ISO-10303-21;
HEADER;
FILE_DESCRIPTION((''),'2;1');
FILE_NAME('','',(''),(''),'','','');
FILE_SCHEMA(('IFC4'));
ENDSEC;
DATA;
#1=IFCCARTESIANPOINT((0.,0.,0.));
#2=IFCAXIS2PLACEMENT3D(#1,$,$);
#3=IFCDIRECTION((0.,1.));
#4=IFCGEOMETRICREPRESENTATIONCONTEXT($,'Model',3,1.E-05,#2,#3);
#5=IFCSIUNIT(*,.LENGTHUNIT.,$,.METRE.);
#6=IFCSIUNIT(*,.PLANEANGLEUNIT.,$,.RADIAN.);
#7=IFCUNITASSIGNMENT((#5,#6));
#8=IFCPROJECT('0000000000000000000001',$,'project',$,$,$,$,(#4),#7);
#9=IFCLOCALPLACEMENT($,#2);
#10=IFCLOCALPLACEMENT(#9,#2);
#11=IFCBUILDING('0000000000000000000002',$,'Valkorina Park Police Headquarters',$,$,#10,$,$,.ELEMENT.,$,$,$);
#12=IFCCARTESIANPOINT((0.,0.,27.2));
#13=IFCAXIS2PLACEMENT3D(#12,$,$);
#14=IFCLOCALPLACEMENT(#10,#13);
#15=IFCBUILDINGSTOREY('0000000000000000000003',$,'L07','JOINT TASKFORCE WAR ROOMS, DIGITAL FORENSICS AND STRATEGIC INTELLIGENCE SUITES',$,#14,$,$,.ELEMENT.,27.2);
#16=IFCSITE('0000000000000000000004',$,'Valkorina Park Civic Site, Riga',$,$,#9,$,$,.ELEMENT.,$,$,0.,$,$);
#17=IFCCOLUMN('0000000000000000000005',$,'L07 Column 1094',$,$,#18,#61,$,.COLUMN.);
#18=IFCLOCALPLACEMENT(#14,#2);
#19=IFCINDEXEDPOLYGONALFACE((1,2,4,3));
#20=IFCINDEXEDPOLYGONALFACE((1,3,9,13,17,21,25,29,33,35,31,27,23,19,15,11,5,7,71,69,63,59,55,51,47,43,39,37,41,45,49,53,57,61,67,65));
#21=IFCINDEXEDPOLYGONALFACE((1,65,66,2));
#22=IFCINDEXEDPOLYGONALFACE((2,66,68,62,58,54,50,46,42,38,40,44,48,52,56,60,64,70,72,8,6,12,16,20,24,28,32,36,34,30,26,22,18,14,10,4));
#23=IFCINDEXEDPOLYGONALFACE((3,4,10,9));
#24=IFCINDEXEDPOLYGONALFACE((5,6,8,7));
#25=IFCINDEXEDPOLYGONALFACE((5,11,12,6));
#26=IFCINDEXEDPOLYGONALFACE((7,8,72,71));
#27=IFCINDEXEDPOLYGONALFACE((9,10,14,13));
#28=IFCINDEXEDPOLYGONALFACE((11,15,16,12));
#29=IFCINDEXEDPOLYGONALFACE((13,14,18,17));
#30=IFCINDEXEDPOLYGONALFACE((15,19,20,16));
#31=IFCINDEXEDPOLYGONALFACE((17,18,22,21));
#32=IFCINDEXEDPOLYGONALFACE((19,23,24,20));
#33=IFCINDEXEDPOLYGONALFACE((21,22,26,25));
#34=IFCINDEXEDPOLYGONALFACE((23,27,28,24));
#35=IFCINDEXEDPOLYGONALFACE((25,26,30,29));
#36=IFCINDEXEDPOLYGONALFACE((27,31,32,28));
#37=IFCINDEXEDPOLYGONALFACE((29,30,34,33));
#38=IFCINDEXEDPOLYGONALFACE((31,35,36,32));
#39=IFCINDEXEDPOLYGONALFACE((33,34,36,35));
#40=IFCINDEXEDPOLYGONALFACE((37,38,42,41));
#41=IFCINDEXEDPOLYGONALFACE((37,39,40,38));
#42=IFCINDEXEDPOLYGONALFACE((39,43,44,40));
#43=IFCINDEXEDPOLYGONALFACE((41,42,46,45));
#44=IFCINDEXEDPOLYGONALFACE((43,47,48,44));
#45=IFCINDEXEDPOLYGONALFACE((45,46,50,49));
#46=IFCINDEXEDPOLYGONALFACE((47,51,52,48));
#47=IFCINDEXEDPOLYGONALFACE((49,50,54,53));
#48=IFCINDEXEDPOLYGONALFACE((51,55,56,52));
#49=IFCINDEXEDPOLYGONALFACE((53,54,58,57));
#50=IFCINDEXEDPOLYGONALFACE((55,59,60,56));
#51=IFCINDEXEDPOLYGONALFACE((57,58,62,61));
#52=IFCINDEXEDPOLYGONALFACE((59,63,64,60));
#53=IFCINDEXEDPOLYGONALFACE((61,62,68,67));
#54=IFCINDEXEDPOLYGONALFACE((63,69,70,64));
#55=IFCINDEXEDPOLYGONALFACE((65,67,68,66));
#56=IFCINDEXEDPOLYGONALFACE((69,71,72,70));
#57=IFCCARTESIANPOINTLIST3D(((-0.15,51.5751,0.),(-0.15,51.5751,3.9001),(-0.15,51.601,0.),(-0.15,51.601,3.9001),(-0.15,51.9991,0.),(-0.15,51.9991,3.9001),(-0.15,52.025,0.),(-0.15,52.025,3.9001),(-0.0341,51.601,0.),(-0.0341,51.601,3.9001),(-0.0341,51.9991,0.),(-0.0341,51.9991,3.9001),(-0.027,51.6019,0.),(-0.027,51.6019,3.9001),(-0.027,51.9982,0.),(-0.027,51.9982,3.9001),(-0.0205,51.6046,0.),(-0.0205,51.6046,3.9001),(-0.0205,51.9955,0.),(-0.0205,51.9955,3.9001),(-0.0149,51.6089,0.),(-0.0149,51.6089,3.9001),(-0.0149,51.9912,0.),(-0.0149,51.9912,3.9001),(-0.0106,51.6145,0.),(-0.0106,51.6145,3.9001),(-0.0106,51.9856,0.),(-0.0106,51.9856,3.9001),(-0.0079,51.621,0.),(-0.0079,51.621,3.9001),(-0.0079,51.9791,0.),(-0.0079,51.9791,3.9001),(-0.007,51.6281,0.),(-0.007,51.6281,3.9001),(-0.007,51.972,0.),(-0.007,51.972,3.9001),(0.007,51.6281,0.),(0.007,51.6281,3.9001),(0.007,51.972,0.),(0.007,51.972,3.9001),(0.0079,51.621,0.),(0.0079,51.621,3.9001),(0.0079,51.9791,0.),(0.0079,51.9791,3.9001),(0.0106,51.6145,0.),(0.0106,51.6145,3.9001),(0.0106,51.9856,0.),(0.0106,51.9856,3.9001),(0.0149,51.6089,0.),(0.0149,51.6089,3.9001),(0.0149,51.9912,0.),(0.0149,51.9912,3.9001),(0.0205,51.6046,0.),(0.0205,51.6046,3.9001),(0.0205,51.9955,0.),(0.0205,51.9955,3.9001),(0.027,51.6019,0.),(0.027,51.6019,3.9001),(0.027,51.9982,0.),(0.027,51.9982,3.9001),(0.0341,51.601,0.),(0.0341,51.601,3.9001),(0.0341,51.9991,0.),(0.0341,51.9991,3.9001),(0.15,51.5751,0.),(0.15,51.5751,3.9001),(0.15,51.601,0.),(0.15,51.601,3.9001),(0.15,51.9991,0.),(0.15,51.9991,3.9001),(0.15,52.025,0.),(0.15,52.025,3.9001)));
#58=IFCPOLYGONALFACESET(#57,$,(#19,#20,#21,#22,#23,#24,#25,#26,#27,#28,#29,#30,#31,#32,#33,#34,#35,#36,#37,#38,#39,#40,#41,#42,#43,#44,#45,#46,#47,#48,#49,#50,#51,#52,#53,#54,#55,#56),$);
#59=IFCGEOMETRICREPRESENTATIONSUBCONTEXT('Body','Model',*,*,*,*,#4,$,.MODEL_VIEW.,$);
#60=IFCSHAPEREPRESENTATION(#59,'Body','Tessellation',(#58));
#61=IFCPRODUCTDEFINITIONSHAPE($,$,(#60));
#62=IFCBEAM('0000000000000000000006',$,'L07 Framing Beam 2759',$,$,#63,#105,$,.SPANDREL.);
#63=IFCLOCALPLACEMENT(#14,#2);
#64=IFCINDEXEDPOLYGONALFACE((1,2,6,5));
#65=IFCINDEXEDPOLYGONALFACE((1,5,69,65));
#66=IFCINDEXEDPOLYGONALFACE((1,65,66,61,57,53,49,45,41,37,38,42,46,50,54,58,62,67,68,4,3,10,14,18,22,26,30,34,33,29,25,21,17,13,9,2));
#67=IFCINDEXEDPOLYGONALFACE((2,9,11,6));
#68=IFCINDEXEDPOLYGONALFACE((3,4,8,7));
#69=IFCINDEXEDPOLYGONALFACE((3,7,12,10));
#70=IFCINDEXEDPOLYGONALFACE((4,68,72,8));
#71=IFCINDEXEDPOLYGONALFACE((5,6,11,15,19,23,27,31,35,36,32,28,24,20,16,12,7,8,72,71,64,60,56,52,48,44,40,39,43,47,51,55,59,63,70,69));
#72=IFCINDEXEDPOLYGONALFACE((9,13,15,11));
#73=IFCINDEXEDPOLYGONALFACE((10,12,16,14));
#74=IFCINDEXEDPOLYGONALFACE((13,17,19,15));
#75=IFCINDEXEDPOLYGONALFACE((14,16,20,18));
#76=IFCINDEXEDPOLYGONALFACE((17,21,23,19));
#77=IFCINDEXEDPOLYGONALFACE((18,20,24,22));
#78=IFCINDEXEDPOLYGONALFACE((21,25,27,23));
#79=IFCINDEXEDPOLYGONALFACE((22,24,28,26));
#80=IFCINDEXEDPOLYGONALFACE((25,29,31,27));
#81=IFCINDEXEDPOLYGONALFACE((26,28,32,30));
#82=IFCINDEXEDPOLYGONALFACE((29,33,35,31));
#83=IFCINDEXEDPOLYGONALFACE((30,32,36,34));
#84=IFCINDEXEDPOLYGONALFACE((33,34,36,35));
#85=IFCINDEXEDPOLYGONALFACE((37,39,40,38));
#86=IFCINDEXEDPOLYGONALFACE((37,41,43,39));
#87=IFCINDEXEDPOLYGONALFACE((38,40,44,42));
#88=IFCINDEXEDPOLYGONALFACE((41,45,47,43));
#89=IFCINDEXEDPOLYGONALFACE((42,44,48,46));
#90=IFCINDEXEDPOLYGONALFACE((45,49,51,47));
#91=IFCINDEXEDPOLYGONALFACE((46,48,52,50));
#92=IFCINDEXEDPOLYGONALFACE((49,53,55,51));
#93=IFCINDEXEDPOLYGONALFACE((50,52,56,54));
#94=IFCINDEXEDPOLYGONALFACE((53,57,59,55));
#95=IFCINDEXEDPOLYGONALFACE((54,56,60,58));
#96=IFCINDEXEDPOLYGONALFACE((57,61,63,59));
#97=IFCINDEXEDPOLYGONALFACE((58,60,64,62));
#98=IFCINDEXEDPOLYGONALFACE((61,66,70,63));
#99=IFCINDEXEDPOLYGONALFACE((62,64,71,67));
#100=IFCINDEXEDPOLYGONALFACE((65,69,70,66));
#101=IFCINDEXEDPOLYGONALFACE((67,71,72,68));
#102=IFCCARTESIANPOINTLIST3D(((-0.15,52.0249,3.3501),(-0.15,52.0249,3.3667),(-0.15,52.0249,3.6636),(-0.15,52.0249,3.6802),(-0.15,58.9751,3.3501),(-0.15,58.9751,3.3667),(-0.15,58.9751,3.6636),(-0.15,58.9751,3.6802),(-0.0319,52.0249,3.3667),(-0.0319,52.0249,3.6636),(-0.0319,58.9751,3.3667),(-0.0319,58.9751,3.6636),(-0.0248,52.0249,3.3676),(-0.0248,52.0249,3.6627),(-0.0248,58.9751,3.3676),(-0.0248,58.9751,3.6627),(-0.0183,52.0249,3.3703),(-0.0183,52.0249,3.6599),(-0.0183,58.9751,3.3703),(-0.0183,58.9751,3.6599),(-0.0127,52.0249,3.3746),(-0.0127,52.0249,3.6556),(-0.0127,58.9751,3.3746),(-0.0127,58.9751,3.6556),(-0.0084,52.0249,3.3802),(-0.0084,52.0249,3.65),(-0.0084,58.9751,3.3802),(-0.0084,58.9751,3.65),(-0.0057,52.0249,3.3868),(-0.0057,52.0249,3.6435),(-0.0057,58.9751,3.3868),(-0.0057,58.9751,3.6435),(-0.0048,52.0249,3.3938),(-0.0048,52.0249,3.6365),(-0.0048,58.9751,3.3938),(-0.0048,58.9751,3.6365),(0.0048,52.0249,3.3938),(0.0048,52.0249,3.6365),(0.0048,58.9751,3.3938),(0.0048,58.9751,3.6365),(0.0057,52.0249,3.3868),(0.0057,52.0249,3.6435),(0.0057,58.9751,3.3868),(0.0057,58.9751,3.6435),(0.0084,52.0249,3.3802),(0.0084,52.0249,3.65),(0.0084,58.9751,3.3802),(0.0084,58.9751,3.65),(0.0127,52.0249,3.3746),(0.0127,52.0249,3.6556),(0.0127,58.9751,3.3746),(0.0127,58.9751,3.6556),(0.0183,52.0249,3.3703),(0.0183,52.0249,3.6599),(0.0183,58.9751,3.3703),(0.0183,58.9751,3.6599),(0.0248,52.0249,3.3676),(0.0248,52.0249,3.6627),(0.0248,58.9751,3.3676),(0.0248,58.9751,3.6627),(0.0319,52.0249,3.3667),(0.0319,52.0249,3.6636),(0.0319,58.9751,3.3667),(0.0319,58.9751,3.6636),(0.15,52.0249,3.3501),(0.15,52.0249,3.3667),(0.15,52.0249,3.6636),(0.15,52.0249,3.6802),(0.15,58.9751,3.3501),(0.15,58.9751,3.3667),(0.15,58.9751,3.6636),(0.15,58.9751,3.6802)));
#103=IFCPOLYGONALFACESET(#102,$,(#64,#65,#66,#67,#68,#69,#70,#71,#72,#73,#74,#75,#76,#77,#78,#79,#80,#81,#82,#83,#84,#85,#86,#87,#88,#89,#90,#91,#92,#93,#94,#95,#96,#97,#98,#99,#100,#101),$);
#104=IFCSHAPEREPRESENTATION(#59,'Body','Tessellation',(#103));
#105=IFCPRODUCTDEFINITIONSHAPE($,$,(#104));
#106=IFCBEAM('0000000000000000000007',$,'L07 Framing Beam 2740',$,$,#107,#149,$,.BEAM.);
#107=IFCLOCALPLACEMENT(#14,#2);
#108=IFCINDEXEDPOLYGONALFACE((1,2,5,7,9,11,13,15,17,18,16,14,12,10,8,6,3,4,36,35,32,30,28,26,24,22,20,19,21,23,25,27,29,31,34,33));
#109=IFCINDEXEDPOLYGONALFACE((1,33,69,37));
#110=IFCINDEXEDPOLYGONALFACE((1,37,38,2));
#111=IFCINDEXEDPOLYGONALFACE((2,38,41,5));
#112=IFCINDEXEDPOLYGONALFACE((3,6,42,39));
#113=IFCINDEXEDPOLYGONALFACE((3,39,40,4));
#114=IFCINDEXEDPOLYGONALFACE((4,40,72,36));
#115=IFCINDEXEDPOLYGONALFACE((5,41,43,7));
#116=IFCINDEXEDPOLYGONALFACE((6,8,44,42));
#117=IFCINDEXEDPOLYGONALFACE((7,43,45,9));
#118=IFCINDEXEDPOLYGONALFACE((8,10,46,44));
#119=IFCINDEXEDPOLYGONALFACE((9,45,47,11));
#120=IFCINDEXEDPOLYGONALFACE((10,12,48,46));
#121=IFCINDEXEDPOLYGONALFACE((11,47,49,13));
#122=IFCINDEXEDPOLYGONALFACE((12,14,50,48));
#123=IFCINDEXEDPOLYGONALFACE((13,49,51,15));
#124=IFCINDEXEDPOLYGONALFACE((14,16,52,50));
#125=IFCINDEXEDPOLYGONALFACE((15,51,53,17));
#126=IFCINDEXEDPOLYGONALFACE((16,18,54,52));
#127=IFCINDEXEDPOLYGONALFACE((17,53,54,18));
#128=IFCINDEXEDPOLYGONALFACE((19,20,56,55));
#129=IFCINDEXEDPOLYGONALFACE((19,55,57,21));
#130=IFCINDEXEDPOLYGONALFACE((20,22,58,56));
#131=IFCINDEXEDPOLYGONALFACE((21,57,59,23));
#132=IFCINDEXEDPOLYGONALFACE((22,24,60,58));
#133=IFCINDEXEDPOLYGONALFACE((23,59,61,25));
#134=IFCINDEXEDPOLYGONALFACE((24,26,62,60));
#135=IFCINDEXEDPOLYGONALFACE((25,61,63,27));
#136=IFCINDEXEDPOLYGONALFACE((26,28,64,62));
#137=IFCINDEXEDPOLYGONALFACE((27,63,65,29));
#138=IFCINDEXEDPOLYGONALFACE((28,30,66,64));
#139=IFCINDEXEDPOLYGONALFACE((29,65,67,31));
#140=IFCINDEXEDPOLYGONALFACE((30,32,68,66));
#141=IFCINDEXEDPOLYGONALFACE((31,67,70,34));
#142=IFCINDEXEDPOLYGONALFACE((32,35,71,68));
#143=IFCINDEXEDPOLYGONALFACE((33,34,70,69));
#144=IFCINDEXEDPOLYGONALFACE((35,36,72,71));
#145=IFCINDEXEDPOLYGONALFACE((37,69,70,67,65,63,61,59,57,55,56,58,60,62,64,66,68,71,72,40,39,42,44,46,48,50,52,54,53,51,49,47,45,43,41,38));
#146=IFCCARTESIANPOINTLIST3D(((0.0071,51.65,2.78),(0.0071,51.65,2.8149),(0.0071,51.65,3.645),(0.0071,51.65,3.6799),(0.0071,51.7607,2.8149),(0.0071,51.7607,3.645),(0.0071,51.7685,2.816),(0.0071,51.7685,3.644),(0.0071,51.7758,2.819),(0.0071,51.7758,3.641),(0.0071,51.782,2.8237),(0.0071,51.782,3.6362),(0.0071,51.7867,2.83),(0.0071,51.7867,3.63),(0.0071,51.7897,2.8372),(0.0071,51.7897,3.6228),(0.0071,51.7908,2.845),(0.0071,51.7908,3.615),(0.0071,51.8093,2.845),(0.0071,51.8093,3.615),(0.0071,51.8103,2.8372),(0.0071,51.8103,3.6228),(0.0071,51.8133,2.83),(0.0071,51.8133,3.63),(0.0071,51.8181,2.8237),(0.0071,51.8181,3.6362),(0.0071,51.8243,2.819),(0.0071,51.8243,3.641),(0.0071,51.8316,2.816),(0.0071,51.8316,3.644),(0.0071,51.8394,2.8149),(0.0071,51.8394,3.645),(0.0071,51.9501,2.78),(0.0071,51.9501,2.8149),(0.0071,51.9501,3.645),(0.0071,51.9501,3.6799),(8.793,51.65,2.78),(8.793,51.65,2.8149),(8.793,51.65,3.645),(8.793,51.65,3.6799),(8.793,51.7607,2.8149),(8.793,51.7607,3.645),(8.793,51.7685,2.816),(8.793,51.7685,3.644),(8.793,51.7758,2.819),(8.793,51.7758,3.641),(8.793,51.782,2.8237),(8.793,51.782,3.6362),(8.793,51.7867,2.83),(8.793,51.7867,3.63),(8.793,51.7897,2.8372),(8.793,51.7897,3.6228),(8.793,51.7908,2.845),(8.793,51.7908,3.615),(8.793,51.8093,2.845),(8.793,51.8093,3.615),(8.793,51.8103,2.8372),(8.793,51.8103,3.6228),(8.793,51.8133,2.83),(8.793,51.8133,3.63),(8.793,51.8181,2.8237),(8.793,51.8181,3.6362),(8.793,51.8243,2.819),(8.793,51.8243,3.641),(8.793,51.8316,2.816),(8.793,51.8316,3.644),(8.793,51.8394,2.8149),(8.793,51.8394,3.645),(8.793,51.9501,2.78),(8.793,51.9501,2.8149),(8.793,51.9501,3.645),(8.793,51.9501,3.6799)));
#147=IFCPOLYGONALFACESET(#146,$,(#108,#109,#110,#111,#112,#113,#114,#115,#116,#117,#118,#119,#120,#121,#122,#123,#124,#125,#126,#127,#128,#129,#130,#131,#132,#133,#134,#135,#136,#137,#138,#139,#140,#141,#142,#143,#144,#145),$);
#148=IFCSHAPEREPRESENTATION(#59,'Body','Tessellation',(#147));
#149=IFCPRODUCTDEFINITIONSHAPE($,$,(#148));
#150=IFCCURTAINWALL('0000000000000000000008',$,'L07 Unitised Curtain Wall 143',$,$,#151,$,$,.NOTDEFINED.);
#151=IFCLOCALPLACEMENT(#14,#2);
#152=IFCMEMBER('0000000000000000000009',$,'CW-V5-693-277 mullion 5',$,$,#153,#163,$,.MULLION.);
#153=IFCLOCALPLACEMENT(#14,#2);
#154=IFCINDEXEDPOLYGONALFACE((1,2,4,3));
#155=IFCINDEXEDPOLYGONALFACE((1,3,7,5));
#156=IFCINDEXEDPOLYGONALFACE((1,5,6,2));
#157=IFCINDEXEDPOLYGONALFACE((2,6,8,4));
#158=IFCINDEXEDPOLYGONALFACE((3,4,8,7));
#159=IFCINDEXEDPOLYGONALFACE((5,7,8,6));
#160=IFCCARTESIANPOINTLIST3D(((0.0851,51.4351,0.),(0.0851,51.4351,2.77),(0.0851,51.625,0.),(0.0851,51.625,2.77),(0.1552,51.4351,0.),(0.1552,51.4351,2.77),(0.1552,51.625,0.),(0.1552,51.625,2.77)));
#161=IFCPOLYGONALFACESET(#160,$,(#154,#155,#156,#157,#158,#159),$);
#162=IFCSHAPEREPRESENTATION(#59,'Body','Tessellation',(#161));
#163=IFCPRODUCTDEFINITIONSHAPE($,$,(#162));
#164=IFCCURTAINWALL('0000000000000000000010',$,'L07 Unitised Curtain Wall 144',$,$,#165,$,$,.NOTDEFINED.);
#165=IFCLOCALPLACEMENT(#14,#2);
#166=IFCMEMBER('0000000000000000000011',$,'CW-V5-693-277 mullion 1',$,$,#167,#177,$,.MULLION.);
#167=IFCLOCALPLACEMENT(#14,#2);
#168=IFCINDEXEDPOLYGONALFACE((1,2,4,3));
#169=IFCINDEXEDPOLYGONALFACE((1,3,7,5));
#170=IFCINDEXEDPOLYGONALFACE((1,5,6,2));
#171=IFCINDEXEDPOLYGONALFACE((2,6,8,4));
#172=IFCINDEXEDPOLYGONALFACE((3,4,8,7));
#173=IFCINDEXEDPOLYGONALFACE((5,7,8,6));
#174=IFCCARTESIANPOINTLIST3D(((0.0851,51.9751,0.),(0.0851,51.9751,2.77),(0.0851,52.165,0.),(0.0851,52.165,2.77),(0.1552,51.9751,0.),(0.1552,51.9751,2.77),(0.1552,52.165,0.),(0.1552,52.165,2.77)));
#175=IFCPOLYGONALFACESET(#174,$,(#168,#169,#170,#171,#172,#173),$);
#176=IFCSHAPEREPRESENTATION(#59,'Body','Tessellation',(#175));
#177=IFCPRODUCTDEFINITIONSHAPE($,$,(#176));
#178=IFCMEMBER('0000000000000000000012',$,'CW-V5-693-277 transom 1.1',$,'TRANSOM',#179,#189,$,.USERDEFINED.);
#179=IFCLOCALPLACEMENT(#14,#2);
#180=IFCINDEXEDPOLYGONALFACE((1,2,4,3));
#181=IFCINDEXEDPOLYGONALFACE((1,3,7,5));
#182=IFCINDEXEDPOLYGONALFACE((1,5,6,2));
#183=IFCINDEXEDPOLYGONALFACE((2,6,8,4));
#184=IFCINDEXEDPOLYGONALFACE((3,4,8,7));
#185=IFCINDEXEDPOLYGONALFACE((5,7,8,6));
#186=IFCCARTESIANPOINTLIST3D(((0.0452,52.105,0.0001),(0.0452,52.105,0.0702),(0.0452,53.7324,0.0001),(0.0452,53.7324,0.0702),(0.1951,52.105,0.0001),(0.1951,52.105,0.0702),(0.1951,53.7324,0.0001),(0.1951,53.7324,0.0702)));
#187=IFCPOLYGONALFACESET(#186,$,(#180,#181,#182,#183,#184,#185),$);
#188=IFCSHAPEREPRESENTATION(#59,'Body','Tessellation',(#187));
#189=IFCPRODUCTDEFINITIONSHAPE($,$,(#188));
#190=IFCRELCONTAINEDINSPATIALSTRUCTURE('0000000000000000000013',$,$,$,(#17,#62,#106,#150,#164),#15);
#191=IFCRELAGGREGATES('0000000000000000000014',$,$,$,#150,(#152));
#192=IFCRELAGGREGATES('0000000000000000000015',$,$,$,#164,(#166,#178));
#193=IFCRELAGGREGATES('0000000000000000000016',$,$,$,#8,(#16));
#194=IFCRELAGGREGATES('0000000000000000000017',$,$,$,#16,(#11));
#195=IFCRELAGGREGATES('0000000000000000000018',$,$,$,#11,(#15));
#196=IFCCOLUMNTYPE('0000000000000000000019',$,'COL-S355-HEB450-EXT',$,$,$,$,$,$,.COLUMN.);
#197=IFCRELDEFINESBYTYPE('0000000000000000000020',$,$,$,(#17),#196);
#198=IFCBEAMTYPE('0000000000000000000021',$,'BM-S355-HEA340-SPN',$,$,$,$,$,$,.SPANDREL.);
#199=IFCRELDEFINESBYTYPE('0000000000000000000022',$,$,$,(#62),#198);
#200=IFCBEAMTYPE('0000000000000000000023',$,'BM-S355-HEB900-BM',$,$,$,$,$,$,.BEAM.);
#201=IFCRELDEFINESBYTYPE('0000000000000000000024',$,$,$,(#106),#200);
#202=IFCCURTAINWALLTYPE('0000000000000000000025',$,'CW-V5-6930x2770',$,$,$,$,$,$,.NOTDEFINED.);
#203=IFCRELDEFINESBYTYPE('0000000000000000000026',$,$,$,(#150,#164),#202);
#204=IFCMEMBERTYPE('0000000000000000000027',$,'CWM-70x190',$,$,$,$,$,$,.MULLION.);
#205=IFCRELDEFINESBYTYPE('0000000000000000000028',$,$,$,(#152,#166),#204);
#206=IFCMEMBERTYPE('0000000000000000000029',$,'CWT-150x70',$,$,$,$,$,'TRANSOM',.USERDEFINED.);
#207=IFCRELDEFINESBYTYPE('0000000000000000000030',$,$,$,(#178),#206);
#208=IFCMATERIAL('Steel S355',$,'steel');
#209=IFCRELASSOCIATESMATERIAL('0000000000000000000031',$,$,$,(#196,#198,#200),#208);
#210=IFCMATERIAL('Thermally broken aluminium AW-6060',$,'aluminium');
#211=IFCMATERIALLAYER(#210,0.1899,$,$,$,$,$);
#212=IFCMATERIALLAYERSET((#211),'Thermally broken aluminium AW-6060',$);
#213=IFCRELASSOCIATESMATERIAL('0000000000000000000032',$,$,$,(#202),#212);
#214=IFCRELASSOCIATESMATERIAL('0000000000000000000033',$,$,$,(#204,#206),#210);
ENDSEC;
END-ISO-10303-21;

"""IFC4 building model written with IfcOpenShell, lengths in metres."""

from ifc_helpers import new_model, si_unit, direction, frame, origin, origin_2d, place, context, subcontext, project, spatial, rectangle, i_section, extrude, material, layer, layer_set, material_profile, profile_set, type_object, element, aggregate, save


model = new_model("IFC4")

# Units and contexts
model_context = context("Model", 3, precision=1e-05, world=origin(), true_north=direction((0.0, 1.0)))
body_context = subcontext(model_context, "Body", "Model", "MODEL_VIEW")
ifc_project = project(units=[si_unit("LENGTHUNIT", "METRE"), si_unit("PLANEANGLEUNIT", "RADIAN")], contexts=[model_context])

# Site, building, storey
site_placement = place(None, origin())
site = spatial("IfcSite", under=ifc_project, at=site_placement, Name="Valkorina Park Civic Site, Riga", CompositionType="ELEMENT", RefElevation=0.0)
building_placement = place(site_placement, origin())
building = spatial("IfcBuilding", under=site, at=building_placement, Name="Valkorina Park Police Headquarters", CompositionType="ELEMENT")
storey_placement = place(building_placement, frame((0.0, 0.0, 27.2)))
storey = spatial("IfcBuildingStorey", under=building, at=storey_placement, Name="L07", Description="JOINT TASKFORCE WAR ROOMS, DIGITAL FORENSICS AND STRATEGIC INTELLIGENCE SUITES", CompositionType="ELEMENT", Elevation=27.2)

# Column
ifc_material_1 = material(Name="Steel S355", Category="steel")
ifc_material_profile_1 = material_profile(ifc_material_1, i_section(OverallWidth=0.3, OverallDepth=0.45, WebThickness=0.0139, FlangeThickness=0.0259, FilletRadius=0.0271, at=origin_2d()), Name="HEB 450")
ifc_profile_set_1 = profile_set([ifc_material_profile_1], Name="Steel S355")
column_type = type_object("IfcColumnType", Name="COL-S355-HEB450-EXT", PredefinedType="COLUMN", material=ifc_profile_set_1)
column_placement = place(storey_placement, frame((0.0, 51.8, 0.0), z_axis=(0.0, 0.0, 1.0), x_axis=(1.0, 0.0, 0.0)))
element("IfcColumn", 1, at=column_placement, inside=storey, type_object=column_type, Name="L07 Column 1094", PredefinedType="COLUMN", context=body_context, shape_type="SweptSolid", body=[
    extrude(i_section(OverallWidth=0.3, OverallDepth=0.45, WebThickness=0.0139, FlangeThickness=0.0259, FilletRadius=0.0271, at=origin_2d()), origin(), (0.0, 0.0, 1.0), 3.9001),
])

# Beams
ifc_material_profile_2 = material_profile(ifc_material_1, i_section(OverallWidth=0.3, OverallDepth=0.3301, WebThickness=0.0095, FlangeThickness=0.0166, FilletRadius=0.0271, at=origin_2d()), Name="HEA 340")
ifc_profile_set_2 = profile_set([ifc_material_profile_2], Name="Steel S355")
beam_type_1 = type_object("IfcBeamType", Name="BM-S355-HEA340-SPN", PredefinedType="SPANDREL", material=ifc_profile_set_2)
beam_1_placement = place(storey_placement, frame((0.0, 52.0249, 3.5151), z_axis=(0.0, 1.0, 0.0), x_axis=(-1.0, 0.0, 0.0)))
element("IfcBeam", 2, at=beam_1_placement, inside=storey, type_object=beam_type_1, Name="L07 Framing Beam 2759", PredefinedType="SPANDREL", context=body_context, shape_type="SweptSolid", body=[
    extrude(i_section(OverallWidth=0.3, OverallDepth=0.3301, WebThickness=0.0095, FlangeThickness=0.0166, FilletRadius=0.0271, at=origin_2d()), origin(), (0.0, 0.0, 1.0), 6.9502),
])
ifc_material_profile_3 = material_profile(ifc_material_1, i_section(OverallWidth=0.3, OverallDepth=0.8999, WebThickness=0.0186, FlangeThickness=0.0349, FilletRadius=0.03, at=origin_2d()), Name="HEB 900")
ifc_profile_set_3 = profile_set([ifc_material_profile_3], Name="Steel S355")
beam_type_2 = type_object("IfcBeamType", Name="BM-S355-HEB900-BM", PredefinedType="BEAM", material=ifc_profile_set_3)
beam_2_placement = place(storey_placement, frame((0.0071, 51.8, 3.23), z_axis=(1.0, 0.0, 0.0), x_axis=(0.0, 1.0, 0.0)))
element("IfcBeam", 3, at=beam_2_placement, inside=storey, type_object=beam_type_2, Name="L07 Framing Beam 2740", PredefinedType="BEAM", context=body_context, shape_type="SweptSolid", body=[
    extrude(i_section(OverallWidth=0.3, OverallDepth=0.8999, WebThickness=0.0186, FlangeThickness=0.0349, FilletRadius=0.03, at=origin_2d()), origin(), (0.0, 0.0, 1.0), 8.7859),
])

# Curtain wall, member
ifc_material_2 = material(Name="Thermally broken aluminium AW-6060", Category="aluminium")
ifc_layer_1 = layer(ifc_material_2, 0.1899)
ifc_layer_set_1 = layer_set([ifc_layer_1], Name="Thermally broken aluminium AW-6060")
curtain_wall_type = type_object("IfcCurtainWallType", Name="CW-V5-6930x2770", PredefinedType="NOTDEFINED", material=ifc_layer_set_1)
curtain_wall_1_placement = place(storey_placement, origin())
curtain_wall_1 = element("IfcCurtainWall", 4, at=curtain_wall_1_placement, inside=storey, type_object=curtain_wall_type, Name="L07 Unitised Curtain Wall 143", PredefinedType="NOTDEFINED")
ifc_material_profile_4 = material_profile(ifc_material_2, rectangle(XDim=0.0701, YDim=0.1899, at=origin_2d()), Name="CWM-02 70x190")
ifc_profile_set_4 = profile_set([ifc_material_profile_4], Name="Thermally broken aluminium AW-6060")
member_type_1 = type_object("IfcMemberType", Name="CWM-70x190", PredefinedType="MULLION", material=ifc_profile_set_4)
member_1_placement = place(storey_placement, frame((0.1201, 51.53, 0.0), z_axis=(0.0, 0.0, 1.0), x_axis=(-1.0, 0.0, 0.0)))
member_1 = element("IfcMember", 5, at=member_1_placement, type_object=member_type_1, Name="CW-V5-693-277 mullion 5", PredefinedType="MULLION", context=body_context, shape_type="SweptSolid", body=[
    extrude(rectangle(XDim=0.0701, YDim=0.1899, at=origin_2d()), origin(), (0.0, 0.0, 1.0), 2.77),
])
aggregate(curtain_wall_1, [member_1])

# Curtain wall, members
curtain_wall_2_placement = place(storey_placement, origin())
curtain_wall_2 = element("IfcCurtainWall", 6, at=curtain_wall_2_placement, inside=storey, type_object=curtain_wall_type, Name="L07 Unitised Curtain Wall 144", PredefinedType="NOTDEFINED")
member_2_placement = place(storey_placement, frame((0.1201, 52.0701, 0.0), z_axis=(0.0, 0.0, 1.0), x_axis=(-1.0, 0.0, 0.0)))
member_2 = element("IfcMember", 7, at=member_2_placement, type_object=member_type_1, Name="CW-V5-693-277 mullion 1", PredefinedType="MULLION", context=body_context, shape_type="SweptSolid", body=[
    extrude(rectangle(XDim=0.0701, YDim=0.1899, at=origin_2d()), origin(), (0.0, 0.0, 1.0), 2.77),
])
ifc_material_profile_5 = material_profile(ifc_material_2, rectangle(XDim=0.1499, YDim=0.0701, at=origin_2d()), Name="CWT-02 150x70")
ifc_profile_set_5 = profile_set([ifc_material_profile_5], Name="Thermally broken aluminium AW-6060")
member_type_2 = type_object("IfcMemberType", Name="CWT-150x70", ElementType="TRANSOM", PredefinedType="USERDEFINED", material=ifc_profile_set_5)
member_3_placement = place(storey_placement, frame((0.1201, 52.105, 0.0352), z_axis=(0.0, 1.0, 0.0), x_axis=(-1.0, 0.0, 0.0)))
member_3 = element("IfcMember", 8, at=member_3_placement, type_object=member_type_2, Name="CW-V5-693-277 transom 1.1", ObjectType="TRANSOM", PredefinedType="USERDEFINED", context=body_context, shape_type="SweptSolid", body=[
    extrude(rectangle(XDim=0.1499, YDim=0.0701, at=origin_2d()), origin(), (0.0, 0.0, 1.0), 1.6274),
])
aggregate(curtain_wall_2, [member_2, member_3])

save(model, "model.ifc")
